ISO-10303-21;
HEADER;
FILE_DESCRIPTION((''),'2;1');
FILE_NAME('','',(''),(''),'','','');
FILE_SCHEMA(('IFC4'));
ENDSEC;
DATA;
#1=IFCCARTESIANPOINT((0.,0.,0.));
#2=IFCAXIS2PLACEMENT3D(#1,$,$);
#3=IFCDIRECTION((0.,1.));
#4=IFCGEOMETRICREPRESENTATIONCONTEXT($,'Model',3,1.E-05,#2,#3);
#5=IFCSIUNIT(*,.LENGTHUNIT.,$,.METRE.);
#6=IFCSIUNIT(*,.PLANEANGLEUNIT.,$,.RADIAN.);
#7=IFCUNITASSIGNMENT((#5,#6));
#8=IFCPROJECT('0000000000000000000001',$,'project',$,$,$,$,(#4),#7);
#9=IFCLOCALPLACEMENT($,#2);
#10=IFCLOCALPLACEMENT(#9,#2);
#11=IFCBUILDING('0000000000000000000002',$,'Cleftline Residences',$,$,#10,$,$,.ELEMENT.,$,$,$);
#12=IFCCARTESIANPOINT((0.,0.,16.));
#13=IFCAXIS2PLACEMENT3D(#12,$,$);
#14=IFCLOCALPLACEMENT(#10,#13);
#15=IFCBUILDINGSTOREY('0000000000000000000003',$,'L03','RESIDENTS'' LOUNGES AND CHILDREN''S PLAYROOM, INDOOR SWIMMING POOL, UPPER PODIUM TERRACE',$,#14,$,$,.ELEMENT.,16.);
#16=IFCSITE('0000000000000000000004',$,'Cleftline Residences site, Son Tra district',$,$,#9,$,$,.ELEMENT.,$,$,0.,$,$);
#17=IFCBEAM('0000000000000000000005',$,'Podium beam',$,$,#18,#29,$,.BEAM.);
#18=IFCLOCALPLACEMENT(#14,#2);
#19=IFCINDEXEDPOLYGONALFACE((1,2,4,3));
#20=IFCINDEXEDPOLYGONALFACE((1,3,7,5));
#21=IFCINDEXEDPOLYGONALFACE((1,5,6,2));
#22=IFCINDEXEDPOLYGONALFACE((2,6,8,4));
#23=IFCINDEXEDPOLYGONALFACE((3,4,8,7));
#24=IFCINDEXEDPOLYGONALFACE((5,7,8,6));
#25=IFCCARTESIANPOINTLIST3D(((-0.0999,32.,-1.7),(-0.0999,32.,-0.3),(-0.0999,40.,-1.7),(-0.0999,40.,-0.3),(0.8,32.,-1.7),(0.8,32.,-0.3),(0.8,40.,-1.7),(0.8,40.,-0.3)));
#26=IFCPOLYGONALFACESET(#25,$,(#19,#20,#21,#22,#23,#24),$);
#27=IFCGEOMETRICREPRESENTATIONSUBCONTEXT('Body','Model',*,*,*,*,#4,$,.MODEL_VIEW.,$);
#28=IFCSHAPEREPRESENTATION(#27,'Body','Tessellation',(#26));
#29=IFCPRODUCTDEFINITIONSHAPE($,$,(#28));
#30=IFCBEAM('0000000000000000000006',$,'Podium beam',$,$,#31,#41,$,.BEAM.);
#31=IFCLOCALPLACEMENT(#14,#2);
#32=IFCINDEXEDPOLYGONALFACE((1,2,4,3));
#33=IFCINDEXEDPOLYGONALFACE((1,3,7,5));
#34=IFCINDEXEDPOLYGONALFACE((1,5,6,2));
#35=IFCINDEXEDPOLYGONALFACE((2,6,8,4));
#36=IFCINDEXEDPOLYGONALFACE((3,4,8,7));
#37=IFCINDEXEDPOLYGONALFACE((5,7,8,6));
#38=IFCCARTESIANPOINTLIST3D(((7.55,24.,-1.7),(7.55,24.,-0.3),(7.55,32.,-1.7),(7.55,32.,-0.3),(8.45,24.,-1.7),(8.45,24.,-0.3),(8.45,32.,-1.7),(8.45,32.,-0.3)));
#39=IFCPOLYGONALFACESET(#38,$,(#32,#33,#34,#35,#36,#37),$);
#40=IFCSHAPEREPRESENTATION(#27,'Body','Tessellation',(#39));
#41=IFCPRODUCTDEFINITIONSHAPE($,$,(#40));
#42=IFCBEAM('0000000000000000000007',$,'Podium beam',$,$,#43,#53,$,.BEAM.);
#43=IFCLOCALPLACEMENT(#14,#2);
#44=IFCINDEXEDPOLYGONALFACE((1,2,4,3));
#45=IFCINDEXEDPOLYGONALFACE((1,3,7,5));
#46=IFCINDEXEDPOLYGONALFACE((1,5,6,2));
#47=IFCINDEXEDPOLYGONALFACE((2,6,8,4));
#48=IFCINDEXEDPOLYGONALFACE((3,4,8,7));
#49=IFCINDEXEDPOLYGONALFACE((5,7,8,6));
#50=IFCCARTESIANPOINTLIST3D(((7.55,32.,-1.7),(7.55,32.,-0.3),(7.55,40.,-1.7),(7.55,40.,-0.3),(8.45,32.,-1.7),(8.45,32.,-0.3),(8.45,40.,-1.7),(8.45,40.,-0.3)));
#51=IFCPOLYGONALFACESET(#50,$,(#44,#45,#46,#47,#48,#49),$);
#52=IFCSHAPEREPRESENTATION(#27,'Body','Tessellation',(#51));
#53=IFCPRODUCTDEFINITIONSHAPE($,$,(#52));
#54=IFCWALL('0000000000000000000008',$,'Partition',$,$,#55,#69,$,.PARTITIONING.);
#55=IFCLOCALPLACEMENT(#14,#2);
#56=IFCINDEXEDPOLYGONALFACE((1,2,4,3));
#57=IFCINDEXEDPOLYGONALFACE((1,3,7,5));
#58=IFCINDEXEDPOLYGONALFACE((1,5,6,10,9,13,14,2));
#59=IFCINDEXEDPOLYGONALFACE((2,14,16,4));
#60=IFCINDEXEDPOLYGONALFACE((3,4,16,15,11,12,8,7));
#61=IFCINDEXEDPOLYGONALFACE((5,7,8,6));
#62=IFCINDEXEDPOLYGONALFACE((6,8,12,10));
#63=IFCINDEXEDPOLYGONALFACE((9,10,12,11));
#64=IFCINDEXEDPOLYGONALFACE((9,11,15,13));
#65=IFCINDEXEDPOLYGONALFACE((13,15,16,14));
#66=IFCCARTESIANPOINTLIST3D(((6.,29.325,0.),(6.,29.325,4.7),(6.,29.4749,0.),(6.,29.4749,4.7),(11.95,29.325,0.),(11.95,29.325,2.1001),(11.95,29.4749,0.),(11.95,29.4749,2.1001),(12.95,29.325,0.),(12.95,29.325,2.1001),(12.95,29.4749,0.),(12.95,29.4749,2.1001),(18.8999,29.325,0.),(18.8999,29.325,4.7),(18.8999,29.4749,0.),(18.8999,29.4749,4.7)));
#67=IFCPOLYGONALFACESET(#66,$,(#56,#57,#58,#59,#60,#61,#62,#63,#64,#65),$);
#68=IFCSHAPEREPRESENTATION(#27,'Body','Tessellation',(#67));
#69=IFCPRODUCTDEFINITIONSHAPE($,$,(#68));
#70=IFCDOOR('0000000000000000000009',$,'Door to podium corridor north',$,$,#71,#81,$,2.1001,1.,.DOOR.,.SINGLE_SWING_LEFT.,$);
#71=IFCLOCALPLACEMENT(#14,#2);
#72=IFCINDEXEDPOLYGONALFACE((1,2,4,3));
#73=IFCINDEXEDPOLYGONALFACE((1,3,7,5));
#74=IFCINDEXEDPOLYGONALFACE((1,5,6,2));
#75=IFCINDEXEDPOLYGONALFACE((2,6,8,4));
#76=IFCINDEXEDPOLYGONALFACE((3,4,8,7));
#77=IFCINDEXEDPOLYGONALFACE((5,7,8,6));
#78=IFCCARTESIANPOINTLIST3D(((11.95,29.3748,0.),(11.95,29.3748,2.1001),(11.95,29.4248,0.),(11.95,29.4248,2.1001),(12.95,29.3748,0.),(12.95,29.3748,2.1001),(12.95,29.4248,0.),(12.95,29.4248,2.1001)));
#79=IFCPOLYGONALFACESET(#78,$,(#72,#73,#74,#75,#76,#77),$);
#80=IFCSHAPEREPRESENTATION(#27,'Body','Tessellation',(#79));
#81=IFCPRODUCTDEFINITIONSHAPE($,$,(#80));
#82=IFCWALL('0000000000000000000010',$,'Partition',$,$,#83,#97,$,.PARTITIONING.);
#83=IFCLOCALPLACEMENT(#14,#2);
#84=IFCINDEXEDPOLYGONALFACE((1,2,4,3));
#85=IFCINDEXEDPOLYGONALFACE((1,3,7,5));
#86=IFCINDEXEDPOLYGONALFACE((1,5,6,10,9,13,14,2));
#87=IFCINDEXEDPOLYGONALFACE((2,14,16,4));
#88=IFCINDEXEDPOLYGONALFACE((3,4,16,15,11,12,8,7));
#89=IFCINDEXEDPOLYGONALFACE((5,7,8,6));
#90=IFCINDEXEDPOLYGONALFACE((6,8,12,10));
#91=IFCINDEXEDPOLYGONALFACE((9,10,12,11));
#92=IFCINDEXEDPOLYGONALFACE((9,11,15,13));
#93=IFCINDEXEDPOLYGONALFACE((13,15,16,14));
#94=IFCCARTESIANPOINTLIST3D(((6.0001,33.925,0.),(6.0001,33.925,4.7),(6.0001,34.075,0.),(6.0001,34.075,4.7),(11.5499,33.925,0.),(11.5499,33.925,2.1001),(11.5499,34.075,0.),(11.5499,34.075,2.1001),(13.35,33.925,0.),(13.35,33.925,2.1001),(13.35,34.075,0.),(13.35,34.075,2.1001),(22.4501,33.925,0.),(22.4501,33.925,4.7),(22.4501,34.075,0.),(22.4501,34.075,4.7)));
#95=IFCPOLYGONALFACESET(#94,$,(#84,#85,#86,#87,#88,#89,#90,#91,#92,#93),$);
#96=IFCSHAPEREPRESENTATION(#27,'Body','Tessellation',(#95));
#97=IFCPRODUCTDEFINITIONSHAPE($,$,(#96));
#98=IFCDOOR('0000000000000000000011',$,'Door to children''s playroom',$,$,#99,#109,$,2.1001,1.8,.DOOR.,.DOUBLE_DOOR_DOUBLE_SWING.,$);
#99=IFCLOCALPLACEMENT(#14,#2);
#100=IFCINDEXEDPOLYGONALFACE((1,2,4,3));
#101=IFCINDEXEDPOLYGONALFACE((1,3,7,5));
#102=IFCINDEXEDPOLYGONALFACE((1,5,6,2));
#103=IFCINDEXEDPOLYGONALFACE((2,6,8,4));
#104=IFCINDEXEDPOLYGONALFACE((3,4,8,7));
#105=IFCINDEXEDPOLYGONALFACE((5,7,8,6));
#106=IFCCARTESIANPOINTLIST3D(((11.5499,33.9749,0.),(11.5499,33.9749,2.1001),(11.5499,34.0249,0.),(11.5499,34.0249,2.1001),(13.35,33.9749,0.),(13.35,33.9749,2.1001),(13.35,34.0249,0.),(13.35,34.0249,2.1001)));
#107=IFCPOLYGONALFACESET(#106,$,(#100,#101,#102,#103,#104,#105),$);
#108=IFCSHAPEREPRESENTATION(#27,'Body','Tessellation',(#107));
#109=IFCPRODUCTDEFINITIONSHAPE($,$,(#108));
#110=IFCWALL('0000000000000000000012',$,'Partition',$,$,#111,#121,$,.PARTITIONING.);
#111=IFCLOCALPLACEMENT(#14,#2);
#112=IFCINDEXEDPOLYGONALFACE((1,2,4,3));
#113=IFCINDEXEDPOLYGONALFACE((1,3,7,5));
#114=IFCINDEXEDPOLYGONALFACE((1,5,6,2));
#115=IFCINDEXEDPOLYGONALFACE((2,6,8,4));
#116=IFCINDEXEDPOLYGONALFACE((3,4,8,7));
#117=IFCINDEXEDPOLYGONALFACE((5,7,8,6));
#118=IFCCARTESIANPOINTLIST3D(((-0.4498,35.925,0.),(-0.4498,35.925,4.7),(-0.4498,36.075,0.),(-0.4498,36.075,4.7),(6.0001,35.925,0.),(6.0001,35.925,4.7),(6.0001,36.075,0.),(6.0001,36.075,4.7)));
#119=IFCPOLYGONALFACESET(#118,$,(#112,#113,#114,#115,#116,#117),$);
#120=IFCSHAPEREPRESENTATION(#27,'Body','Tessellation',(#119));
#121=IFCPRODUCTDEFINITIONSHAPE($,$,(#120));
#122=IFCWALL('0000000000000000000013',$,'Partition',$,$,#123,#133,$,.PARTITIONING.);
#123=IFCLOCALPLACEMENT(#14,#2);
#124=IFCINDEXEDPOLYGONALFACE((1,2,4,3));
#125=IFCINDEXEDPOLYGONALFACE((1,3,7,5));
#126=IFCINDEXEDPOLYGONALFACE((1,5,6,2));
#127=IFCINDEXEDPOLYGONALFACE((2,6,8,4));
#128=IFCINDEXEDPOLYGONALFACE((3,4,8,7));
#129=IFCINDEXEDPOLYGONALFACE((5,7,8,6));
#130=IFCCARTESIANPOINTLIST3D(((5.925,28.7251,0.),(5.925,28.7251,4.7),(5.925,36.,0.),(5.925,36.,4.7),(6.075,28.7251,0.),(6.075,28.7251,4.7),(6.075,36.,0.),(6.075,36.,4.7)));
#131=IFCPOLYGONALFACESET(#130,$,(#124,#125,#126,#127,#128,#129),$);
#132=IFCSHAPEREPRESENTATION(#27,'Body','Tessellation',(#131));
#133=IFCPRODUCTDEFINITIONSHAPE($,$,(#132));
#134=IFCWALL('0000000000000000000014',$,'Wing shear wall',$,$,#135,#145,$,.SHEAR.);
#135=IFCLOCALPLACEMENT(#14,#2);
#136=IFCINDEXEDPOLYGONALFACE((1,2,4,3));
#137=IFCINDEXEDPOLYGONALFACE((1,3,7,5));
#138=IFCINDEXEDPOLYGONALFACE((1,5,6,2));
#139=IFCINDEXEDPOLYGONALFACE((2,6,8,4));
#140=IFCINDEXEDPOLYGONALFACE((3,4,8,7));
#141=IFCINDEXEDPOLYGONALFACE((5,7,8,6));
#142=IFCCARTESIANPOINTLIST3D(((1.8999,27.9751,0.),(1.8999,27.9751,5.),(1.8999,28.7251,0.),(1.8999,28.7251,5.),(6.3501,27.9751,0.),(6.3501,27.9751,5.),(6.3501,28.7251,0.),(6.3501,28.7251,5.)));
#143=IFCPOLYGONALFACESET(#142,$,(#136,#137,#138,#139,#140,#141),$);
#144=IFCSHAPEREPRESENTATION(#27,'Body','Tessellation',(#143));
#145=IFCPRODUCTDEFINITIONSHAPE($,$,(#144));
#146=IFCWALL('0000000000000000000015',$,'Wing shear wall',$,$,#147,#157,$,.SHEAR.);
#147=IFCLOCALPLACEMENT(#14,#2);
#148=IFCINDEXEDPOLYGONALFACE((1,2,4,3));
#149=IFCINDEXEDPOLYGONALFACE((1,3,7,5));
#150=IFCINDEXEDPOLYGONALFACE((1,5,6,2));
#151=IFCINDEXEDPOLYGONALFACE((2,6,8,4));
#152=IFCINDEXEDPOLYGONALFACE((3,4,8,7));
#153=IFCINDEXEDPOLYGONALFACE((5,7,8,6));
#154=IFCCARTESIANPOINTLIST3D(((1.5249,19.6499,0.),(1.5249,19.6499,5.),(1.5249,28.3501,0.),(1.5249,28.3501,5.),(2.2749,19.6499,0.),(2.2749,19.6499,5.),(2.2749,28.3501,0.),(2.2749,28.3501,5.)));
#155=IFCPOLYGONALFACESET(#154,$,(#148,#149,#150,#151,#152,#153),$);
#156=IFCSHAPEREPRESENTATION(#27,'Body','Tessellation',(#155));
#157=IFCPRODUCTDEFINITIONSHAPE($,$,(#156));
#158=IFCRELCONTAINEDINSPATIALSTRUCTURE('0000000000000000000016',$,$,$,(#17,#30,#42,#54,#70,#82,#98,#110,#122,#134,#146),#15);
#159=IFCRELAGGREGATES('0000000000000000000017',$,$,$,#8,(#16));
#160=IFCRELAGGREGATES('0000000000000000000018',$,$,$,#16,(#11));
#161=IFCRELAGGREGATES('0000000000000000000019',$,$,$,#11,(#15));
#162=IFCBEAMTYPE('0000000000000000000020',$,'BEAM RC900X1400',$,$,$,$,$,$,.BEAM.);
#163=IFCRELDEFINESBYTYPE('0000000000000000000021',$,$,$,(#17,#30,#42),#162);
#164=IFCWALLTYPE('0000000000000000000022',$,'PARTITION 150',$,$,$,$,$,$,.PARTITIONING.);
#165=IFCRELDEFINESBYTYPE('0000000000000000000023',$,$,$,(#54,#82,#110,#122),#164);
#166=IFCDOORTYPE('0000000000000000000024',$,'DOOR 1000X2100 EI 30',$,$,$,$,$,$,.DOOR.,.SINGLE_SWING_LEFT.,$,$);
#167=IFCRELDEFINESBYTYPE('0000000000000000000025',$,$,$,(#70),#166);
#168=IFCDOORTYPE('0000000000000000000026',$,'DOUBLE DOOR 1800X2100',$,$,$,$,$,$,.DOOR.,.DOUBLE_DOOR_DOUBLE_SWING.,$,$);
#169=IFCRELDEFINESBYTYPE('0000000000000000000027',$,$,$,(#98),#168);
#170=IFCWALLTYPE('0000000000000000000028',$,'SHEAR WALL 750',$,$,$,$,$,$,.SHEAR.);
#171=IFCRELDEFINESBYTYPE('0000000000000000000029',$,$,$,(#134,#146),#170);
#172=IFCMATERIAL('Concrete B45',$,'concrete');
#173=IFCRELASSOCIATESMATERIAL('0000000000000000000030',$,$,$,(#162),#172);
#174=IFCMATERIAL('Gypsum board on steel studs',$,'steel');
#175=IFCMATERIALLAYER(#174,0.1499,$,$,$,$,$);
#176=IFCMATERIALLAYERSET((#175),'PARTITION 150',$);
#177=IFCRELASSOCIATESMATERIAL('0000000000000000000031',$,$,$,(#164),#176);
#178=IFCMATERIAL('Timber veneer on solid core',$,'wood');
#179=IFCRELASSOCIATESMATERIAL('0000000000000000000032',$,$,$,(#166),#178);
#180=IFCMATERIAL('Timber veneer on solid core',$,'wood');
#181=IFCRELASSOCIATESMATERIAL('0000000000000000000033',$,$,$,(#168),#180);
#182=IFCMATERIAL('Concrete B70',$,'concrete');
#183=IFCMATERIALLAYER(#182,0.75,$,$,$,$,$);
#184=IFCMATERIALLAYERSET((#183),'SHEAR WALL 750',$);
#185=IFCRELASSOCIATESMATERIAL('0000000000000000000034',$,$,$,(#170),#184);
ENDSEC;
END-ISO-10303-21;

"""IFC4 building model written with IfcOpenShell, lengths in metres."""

from ifc_helpers import new_model, si_unit, direction, frame, frame_2d, origin, origin_2d, place, context, subcontext, project, spatial, rectangle, extrude, material, layer, layer_set, material_profile, profile_set, type_object, element, fill, save


model = new_model("IFC4")

# Units and contexts
model_context = context("Model", 3, precision=1e-05, world=origin(), true_north=direction((0.0, 1.0)))
body_context = subcontext(model_context, "Body", "Model", "MODEL_VIEW")
ifc_project = project(units=[si_unit("LENGTHUNIT", "METRE"), si_unit("PLANEANGLEUNIT", "RADIAN")], contexts=[model_context])

# Site, building, storey
site_placement = place(None, origin())
site = spatial("IfcSite", under=ifc_project, at=site_placement, Name="Cleftline Residences site, Son Tra district", CompositionType="ELEMENT", RefElevation=0.0)
building_placement = place(site_placement, origin())
building = spatial("IfcBuilding", under=site, at=building_placement, Name="Cleftline Residences", CompositionType="ELEMENT")
storey_placement = place(building_placement, frame((0.0, 0.0, 16.0)))
storey = spatial("IfcBuildingStorey", under=building, at=storey_placement, Name="L03", Description="RESIDENTS' LOUNGES AND CHILDREN'S PLAYROOM, INDOOR SWIMMING POOL, UPPER PODIUM TERRACE", CompositionType="ELEMENT", Elevation=16.0)

# Beams
ifc_material_1 = material(Name="Concrete B45", Category="concrete")
ifc_material_profile_1 = material_profile(ifc_material_1, rectangle(XDim=0.8999, YDim=1.3999, at=origin_2d()))
ifc_profile_set_1 = profile_set([ifc_material_profile_1], Name="Concrete B45")
beam_type = type_object("IfcBeamType", Name="BEAM RC900X1400", PredefinedType="BEAM", material=ifc_profile_set_1)
for number, where, z_axis, x_axis, name in (
    (1, (0.3501, 32.0, -1.0), (0.0, 1.0, 0.0), (-1.0, 0.0, 0.0), "Podium beam"),
    (2, (8.0, 24.0, -1.0), (0.0, 1.0, 0.0), (-1.0, 0.0, 0.0), "Podium beam"),
    (3, (8.0, 32.0, -1.0), (0.0, 1.0, 0.0), (-1.0, 0.0, 0.0), "Podium beam"),
):
    element("IfcBeam", number, at=place(storey_placement, frame(where, z_axis=z_axis, x_axis=x_axis)), inside=storey, type_object=beam_type, Name=name, PredefinedType="BEAM", context=body_context, shape_type="SweptSolid", body=[
        extrude(rectangle(XDim=0.8999, YDim=1.3999, at=origin_2d()), origin(), (0.0, 0.0, 1.0), 8.0),
    ])

# Walls, openings, doors
ifc_material_2 = material(Name="Gypsum board on steel studs", Category="steel")
ifc_layer_1 = layer(ifc_material_2, 0.1499)
ifc_layer_set_1 = layer_set([ifc_layer_1], Name="PARTITION 150")
wall_type_1 = type_object("IfcWallType", Name="PARTITION 150", PredefinedType="PARTITIONING", material=ifc_layer_set_1)
wall_1_placement = place(storey_placement, frame((6.0, 29.3999, 0.0), z_axis=(0.0, 0.0, 1.0), x_axis=(1.0, 0.0, 0.0)))
wall_1 = element("IfcWall", 4, at=wall_1_placement, inside=storey, type_object=wall_type_1, Name="Partition", PredefinedType="PARTITIONING", context=body_context, shape_type="SweptSolid", body=[
    extrude(rectangle(XDim=12.8999, YDim=0.1499, at=frame_2d((6.45, 0.0))), origin(), (0.0, 0.0, 1.0), 4.7),
])
opening_1_placement = place(wall_1_placement, frame((5.95, 0.0, 0.0)))
opening_1 = element("IfcOpeningElement", 5, at=opening_1_placement, cuts=wall_1, PredefinedType="OPENING", context=body_context, shape_type="SweptSolid", body=[
    extrude(rectangle(XDim=1.0, YDim=2.1001, at=frame_2d((0.5, 1.05))), frame((0.0, 0.085, 0.0), z_axis=(0.0, -1.0, 0.0), x_axis=(1.0, 0.0, 0.0)), (0.0, 0.0, 1.0), 0.1699),
])
ifc_material_3 = material(Name="Timber veneer on solid core", Category="wood")
door_type_1 = type_object("IfcDoorType", Name="DOOR 1000X2100 EI 30", OperationType="SINGLE_SWING_LEFT", PredefinedType="DOOR", material=ifc_material_3)
door_1_placement = place(opening_1_placement, origin())
door_1 = element("IfcDoor", 6, at=door_1_placement, inside=storey, type_object=door_type_1, Name="Door to podium corridor north", OperationType="SINGLE_SWING_LEFT", OverallHeight=2.1001, OverallWidth=1.0, PredefinedType="DOOR", context=body_context, shape_type="SweptSolid", body=[
    extrude(rectangle(XDim=1.0, YDim=2.1001, at=frame_2d((0.5, 1.05))), frame((0.0, 0.0249, 0.0), z_axis=(0.0, -1.0, 0.0), x_axis=(1.0, 0.0, 0.0)), (0.0, 0.0, 1.0), 0.05),
])
fill(opening_1, door_1)
wall_2_placement = place(storey_placement, frame((6.0, 34.0, 0.0), z_axis=(0.0, 0.0, 1.0), x_axis=(1.0, 0.0, 0.0)))
wall_2 = element("IfcWall", 7, at=wall_2_placement, inside=storey, type_object=wall_type_1, Name="Partition", PredefinedType="PARTITIONING", context=body_context, shape_type="SweptSolid", body=[
    extrude(rectangle(XDim=16.45, YDim=0.1499, at=frame_2d((8.2251, 0.0))), origin(), (0.0, 0.0, 1.0), 4.7),
])
opening_2_placement = place(wall_2_placement, frame((5.55, 0.0, 0.0)))
opening_2 = element("IfcOpeningElement", 8, at=opening_2_placement, cuts=wall_2, PredefinedType="OPENING", context=body_context, shape_type="SweptSolid", body=[
    extrude(rectangle(XDim=1.8, YDim=2.1001, at=frame_2d((0.8999, 1.05))), frame((0.0, 0.085, 0.0), z_axis=(0.0, -1.0, 0.0), x_axis=(1.0, 0.0, 0.0)), (0.0, 0.0, 1.0), 0.1699),
])
ifc_material_4 = material(Name="Timber veneer on solid core", Category="wood")
door_type_2 = type_object("IfcDoorType", Name="DOUBLE DOOR 1800X2100", OperationType="DOUBLE_DOOR_DOUBLE_SWING", PredefinedType="DOOR", material=ifc_material_4)
door_2_placement = place(opening_2_placement, origin())
door_2 = element("IfcDoor", 9, at=door_2_placement, inside=storey, type_object=door_type_2, Name="Door to children's playroom", OperationType="DOUBLE_DOOR_DOUBLE_SWING", OverallHeight=2.1001, OverallWidth=1.8, PredefinedType="DOOR", context=body_context, shape_type="SweptSolid", body=[
    extrude(rectangle(XDim=1.8, YDim=2.1001, at=frame_2d((0.8999, 1.05))), frame((0.0, 0.0249, 0.0), z_axis=(0.0, -1.0, 0.0), x_axis=(1.0, 0.0, 0.0)), (0.0, 0.0, 1.0), 0.05),
])
fill(opening_2, door_2)

# Walls
wall_3_placement = place(storey_placement, frame((-0.45, 36.0, 0.0), z_axis=(0.0, 0.0, 1.0), x_axis=(1.0, 0.0, 0.0)))
element("IfcWall", 10, at=wall_3_placement, inside=storey, type_object=wall_type_1, Name="Partition", PredefinedType="PARTITIONING", context=body_context, shape_type="SweptSolid", body=[
    extrude(rectangle(XDim=6.45, YDim=0.1499, at=frame_2d((3.2251, 0.0))), origin(), (0.0, 0.0, 1.0), 4.7),
])
wall_4_placement = place(storey_placement, frame((6.0, 28.7251, 0.0), z_axis=(0.0, 0.0, 1.0), x_axis=(0.0, 1.0, 0.0)))
element("IfcWall", 11, at=wall_4_placement, inside=storey, type_object=wall_type_1, Name="Partition", PredefinedType="PARTITIONING", context=body_context, shape_type="SweptSolid", body=[
    extrude(rectangle(XDim=7.2749, YDim=0.1499, at=frame_2d((3.6375, 0.0))), origin(), (0.0, 0.0, 1.0), 4.7),
])
ifc_material_5 = material(Name="Concrete B70", Category="concrete")
ifc_layer_2 = layer(ifc_material_5, 0.75)
ifc_layer_set_2 = layer_set([ifc_layer_2], Name="SHEAR WALL 750")
wall_type_2 = type_object("IfcWallType", Name="SHEAR WALL 750", PredefinedType="SHEAR", material=ifc_layer_set_2)
wall_5_placement = place(storey_placement, frame((6.3501, 28.3501, 0.0), z_axis=(0.0, 0.0, 1.0), x_axis=(-1.0, 0.0, 0.0)))
element("IfcWall", 12, at=wall_5_placement, inside=storey, type_object=wall_type_2, Name="Wing shear wall", PredefinedType="SHEAR", context=body_context, shape_type="SweptSolid", body=[
    extrude(rectangle(XDim=4.4502, YDim=0.75, at=frame_2d((2.2251, 0.0))), origin(), (0.0, 0.0, 1.0), 5.0),
])
wall_6_placement = place(storey_placement, frame((1.8999, 28.3501, 0.0), z_axis=(0.0, 0.0, 1.0), x_axis=(0.0, -1.0, 0.0)))
element("IfcWall", 13, at=wall_6_placement, inside=storey, type_object=wall_type_2, Name="Wing shear wall", PredefinedType="SHEAR", context=body_context, shape_type="SweptSolid", body=[
    extrude(rectangle(XDim=8.7002, YDim=0.75, at=frame_2d((4.3501, 0.0))), origin(), (0.0, 0.0, 1.0), 5.0),
])

save(model, "model.ifc")
